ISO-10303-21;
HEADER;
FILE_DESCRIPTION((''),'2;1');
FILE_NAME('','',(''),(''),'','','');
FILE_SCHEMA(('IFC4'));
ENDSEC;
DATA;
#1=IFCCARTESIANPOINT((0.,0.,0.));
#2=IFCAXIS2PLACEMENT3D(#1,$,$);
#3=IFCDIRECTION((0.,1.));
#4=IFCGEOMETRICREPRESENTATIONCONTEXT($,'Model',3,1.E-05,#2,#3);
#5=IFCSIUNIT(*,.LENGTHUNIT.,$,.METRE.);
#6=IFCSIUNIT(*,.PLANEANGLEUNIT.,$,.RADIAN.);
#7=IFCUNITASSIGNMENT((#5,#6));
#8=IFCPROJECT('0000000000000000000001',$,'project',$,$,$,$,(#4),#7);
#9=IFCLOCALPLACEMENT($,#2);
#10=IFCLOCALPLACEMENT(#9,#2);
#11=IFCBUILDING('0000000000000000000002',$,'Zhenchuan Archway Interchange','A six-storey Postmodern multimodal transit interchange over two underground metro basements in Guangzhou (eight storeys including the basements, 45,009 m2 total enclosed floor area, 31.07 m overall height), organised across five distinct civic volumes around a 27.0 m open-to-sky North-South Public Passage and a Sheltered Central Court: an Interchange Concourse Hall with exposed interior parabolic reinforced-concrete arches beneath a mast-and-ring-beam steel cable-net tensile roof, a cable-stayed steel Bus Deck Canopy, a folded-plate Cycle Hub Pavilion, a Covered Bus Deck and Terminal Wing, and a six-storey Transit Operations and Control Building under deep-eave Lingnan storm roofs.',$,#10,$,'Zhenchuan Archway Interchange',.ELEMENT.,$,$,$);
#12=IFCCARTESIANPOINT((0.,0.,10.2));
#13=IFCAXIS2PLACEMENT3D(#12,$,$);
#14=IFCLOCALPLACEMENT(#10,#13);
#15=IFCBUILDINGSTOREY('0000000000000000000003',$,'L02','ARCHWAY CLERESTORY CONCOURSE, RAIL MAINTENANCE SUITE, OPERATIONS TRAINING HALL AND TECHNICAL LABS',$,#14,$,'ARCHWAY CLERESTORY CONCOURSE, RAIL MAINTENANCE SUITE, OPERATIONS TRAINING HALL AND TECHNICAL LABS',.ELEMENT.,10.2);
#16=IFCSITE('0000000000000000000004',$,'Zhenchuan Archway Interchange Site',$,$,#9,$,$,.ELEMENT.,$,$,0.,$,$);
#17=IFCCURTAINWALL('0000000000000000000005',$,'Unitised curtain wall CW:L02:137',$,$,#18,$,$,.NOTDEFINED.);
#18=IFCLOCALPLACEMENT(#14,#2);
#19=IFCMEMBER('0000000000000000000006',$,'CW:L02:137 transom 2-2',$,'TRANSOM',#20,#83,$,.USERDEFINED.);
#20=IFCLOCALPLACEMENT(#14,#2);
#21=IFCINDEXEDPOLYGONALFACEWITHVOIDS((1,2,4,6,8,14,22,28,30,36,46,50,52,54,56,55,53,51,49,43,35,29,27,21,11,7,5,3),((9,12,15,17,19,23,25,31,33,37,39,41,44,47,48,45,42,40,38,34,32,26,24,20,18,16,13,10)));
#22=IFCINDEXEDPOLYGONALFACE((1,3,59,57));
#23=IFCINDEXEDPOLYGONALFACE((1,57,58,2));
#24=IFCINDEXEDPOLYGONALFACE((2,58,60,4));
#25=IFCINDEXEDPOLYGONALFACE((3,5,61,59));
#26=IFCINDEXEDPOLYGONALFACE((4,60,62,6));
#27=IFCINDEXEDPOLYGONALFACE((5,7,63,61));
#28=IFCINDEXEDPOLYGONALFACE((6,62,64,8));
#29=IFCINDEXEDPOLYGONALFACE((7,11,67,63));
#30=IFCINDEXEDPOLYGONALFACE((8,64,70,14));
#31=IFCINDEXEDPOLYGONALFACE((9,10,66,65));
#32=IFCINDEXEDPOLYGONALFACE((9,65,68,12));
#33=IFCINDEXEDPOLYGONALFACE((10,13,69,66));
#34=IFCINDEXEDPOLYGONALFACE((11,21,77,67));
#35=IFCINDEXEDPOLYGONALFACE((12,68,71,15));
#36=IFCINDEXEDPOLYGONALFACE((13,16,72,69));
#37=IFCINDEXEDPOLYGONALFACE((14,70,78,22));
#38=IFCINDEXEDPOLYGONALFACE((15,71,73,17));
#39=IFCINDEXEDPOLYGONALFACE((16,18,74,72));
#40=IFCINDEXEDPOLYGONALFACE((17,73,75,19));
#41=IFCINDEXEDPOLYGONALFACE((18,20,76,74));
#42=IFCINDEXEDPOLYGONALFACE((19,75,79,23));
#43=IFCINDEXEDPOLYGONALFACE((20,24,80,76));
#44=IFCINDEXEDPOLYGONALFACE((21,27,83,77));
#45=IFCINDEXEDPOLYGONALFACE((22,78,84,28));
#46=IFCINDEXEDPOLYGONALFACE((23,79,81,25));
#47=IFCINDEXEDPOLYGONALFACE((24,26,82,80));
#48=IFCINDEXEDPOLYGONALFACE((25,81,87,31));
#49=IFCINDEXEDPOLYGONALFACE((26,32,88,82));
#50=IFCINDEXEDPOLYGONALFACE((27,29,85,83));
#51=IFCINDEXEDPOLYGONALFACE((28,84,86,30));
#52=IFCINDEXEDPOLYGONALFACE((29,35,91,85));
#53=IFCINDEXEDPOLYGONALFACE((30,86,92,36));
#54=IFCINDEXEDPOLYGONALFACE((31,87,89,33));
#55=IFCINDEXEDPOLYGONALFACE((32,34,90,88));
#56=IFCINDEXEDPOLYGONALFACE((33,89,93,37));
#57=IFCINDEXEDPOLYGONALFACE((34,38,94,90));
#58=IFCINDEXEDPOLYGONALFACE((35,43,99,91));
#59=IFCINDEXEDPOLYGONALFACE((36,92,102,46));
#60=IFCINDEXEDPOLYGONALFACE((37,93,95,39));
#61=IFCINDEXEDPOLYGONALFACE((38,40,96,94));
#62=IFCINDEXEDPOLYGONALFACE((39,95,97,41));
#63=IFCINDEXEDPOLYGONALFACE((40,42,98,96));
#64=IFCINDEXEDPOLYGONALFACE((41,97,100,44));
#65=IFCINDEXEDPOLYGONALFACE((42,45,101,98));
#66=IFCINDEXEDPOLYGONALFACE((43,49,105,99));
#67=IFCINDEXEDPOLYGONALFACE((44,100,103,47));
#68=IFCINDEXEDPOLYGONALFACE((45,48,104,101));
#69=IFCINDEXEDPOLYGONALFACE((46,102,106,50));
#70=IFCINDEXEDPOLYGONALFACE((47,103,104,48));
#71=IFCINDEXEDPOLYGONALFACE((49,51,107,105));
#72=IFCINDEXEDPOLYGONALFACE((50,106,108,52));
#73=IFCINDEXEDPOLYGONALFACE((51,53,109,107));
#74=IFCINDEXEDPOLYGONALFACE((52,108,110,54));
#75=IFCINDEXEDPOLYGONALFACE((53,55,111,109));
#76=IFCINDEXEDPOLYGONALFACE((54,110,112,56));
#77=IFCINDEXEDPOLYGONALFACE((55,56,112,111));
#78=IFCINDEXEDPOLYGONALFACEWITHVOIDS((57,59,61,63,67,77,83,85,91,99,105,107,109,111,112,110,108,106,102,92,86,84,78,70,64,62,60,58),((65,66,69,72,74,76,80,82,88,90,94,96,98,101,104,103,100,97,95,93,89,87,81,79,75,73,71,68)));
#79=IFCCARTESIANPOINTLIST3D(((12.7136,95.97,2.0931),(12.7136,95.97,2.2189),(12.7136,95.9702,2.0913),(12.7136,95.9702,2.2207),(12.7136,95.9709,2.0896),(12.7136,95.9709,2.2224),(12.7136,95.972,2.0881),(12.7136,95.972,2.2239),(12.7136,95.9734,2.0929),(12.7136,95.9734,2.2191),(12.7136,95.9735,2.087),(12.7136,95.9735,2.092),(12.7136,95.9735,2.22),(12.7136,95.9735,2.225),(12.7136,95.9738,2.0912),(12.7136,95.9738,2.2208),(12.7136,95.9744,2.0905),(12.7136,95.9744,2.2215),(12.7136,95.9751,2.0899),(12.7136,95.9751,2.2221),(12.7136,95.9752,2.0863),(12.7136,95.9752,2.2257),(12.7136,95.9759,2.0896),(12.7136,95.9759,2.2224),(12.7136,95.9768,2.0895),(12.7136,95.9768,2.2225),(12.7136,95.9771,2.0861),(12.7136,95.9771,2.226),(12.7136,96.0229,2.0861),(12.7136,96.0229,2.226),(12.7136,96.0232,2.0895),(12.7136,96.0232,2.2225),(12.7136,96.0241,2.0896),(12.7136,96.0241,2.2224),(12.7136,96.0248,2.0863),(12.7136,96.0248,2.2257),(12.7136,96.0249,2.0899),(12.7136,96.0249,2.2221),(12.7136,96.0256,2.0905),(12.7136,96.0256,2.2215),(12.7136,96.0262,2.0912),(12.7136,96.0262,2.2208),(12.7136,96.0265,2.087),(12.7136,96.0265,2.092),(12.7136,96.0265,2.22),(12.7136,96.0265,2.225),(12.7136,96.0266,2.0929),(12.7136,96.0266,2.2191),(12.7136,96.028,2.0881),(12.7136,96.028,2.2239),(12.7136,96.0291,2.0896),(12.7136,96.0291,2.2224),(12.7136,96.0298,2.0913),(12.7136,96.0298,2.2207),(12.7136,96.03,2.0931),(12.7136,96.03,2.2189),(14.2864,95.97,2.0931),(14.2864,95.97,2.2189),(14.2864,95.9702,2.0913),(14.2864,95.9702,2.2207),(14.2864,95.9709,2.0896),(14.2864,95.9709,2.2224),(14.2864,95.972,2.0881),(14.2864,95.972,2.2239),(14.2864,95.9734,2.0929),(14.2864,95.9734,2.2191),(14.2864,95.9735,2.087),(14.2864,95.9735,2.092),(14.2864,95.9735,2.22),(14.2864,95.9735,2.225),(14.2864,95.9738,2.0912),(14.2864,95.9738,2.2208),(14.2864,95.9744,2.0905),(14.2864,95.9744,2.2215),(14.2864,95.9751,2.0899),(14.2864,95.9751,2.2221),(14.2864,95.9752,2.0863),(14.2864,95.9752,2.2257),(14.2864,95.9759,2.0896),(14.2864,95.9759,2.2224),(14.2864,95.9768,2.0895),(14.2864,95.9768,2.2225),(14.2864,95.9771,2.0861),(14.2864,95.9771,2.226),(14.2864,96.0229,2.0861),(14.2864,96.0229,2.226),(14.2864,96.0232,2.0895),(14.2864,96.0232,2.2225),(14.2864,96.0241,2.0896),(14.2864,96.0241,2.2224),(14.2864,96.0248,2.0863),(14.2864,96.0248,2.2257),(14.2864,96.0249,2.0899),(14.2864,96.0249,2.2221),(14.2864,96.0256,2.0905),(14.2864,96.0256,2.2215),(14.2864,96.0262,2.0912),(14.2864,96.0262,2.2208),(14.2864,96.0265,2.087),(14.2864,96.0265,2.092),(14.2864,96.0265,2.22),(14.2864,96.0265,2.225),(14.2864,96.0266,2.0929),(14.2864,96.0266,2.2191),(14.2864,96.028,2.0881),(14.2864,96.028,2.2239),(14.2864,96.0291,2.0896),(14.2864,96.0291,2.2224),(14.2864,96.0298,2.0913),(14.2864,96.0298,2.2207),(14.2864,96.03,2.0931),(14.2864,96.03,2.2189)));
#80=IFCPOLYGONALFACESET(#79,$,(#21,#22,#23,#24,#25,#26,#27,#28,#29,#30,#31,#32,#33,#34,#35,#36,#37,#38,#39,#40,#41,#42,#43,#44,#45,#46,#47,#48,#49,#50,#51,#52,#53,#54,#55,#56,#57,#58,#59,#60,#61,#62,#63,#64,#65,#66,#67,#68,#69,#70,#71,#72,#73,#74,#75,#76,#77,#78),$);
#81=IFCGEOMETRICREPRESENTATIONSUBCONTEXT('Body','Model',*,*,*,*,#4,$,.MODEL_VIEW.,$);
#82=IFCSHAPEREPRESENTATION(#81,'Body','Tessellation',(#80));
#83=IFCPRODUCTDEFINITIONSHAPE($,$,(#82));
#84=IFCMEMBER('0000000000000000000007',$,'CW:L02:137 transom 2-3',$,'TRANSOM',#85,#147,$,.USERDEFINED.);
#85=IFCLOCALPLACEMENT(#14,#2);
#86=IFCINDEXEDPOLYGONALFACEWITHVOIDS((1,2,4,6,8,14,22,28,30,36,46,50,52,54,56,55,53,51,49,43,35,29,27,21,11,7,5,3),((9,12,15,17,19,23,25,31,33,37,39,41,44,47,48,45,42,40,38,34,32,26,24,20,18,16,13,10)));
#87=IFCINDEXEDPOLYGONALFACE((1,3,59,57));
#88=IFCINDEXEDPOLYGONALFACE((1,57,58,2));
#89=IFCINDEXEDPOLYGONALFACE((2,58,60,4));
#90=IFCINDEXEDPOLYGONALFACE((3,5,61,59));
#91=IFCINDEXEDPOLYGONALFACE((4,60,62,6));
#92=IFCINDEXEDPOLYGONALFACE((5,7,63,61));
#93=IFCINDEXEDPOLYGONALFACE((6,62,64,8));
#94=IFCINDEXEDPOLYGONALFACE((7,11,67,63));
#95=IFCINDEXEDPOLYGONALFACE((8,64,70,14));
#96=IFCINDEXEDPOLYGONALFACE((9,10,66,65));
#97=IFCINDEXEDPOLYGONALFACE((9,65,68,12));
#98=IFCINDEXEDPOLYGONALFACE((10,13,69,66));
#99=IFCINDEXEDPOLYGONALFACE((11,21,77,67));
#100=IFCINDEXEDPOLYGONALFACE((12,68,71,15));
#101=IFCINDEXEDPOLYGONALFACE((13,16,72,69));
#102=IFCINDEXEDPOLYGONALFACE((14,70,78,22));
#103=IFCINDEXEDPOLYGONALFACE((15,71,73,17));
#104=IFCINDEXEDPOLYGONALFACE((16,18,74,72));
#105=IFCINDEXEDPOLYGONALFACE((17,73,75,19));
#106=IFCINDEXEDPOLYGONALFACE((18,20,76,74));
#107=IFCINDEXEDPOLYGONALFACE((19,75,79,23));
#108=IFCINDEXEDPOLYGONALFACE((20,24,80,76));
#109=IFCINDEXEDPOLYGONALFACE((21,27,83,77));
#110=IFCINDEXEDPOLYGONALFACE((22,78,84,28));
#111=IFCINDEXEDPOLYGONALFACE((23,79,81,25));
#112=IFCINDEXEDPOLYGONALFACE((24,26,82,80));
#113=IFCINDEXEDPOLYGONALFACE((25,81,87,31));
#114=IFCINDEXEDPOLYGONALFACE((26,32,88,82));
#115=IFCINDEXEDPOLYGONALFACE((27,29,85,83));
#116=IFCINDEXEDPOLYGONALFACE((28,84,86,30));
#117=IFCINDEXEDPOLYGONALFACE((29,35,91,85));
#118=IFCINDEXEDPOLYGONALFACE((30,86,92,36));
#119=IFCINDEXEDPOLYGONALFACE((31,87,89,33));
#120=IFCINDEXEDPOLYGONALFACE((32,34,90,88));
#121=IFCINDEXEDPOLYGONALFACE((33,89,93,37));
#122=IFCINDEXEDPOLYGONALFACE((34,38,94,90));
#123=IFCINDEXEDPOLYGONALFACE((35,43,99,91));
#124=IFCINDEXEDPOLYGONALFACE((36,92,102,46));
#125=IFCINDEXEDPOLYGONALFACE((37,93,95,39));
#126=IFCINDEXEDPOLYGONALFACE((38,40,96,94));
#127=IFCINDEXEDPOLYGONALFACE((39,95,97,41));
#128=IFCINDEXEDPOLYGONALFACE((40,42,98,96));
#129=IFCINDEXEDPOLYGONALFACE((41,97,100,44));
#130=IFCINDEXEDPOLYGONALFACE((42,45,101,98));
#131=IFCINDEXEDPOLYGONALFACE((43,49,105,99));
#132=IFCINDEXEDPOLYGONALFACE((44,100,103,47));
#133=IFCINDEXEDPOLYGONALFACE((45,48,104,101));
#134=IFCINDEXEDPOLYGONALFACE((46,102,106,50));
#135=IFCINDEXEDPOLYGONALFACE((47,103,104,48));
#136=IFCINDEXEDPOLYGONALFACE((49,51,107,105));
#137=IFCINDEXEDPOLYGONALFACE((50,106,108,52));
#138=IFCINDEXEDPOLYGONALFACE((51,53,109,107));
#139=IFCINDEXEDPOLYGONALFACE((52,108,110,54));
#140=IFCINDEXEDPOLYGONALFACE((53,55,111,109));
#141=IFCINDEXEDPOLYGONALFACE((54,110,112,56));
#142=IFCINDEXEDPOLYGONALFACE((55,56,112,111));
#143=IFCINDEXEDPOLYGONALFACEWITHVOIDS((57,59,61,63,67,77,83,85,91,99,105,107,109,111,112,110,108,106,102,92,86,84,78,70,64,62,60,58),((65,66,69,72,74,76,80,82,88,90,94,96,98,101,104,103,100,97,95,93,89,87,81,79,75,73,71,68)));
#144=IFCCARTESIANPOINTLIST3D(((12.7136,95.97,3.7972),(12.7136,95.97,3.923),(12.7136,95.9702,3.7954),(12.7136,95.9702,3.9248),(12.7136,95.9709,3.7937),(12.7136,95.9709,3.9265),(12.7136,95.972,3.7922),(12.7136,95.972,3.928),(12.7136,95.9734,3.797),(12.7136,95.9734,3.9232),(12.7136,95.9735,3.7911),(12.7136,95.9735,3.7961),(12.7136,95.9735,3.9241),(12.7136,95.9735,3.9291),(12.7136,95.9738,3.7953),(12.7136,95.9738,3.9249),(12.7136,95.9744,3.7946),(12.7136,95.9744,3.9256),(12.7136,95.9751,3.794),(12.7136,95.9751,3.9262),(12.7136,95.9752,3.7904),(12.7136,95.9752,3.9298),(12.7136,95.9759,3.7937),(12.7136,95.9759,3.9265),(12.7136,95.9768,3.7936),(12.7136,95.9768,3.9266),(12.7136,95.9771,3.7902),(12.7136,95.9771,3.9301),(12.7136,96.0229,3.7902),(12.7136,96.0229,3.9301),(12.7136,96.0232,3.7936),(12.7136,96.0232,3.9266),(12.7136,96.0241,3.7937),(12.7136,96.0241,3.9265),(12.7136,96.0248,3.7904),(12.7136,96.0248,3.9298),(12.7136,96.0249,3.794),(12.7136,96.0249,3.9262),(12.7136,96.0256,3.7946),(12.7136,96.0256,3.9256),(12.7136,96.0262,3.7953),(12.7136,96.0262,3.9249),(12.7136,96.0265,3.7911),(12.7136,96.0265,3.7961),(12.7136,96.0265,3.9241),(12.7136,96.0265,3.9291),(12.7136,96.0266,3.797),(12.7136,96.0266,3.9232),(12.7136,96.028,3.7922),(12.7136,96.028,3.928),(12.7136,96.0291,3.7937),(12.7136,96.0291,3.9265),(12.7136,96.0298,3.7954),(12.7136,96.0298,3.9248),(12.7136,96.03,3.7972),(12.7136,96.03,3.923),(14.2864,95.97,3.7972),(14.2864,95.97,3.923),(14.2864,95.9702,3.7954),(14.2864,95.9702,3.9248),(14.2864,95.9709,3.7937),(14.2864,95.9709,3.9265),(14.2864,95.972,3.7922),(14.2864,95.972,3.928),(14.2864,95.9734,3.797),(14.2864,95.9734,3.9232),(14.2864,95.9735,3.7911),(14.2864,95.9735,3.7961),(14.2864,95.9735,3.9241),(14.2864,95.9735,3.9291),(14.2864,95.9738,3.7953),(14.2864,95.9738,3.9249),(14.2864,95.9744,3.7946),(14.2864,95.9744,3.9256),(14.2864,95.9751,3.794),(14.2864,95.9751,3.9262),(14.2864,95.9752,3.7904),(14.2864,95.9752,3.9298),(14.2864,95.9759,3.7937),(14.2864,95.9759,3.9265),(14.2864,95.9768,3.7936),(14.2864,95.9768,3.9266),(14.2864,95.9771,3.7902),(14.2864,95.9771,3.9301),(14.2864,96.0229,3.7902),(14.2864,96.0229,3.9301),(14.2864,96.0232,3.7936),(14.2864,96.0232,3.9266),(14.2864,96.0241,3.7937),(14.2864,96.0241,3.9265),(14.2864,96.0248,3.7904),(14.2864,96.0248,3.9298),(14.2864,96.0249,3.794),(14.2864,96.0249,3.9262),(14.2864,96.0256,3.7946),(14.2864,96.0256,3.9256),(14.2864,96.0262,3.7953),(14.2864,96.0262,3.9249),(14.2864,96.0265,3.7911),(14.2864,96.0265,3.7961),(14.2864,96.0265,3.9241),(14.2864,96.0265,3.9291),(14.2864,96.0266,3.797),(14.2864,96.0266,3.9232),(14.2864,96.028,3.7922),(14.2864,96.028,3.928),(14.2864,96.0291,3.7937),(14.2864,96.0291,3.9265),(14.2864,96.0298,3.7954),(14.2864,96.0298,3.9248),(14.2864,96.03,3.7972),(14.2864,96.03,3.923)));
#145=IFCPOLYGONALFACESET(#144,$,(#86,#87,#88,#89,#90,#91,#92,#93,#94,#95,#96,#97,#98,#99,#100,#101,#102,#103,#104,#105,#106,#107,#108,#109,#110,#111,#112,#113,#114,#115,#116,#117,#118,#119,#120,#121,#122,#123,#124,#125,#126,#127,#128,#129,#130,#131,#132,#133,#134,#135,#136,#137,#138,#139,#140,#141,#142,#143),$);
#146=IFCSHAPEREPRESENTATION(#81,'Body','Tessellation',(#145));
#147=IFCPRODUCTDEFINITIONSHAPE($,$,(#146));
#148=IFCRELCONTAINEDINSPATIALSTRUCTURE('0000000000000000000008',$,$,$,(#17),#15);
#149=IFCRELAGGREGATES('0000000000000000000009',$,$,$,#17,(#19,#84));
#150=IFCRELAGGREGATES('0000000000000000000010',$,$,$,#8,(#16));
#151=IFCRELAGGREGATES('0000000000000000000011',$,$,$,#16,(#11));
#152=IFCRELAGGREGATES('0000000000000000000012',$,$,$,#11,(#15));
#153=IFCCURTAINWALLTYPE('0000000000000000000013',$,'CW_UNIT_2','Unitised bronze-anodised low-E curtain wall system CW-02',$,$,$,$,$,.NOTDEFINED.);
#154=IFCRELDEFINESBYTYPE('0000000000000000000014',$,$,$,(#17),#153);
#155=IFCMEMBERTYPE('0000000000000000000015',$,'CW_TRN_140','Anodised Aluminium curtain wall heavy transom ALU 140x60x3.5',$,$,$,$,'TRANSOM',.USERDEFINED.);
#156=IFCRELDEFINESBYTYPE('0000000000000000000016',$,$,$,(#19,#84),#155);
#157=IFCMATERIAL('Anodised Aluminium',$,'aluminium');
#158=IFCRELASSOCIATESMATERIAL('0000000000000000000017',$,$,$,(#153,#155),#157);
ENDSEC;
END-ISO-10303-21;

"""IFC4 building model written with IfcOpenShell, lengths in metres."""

from ifc_helpers import new_model, si_unit, direction, frame, origin, origin_2d, place, context, subcontext, project, spatial, hollow_rectangle, extrude, material, material_profile, profile_set, type_object, element, aggregate, save


model = new_model("IFC4")

# Units and contexts
model_context = context("Model", 3, precision=1e-05, world=origin(), true_north=direction((0.0, 1.0)))
body_context = subcontext(model_context, "Body", "Model", "MODEL_VIEW")
ifc_project = project(units=[si_unit("LENGTHUNIT", "METRE"), si_unit("PLANEANGLEUNIT", "RADIAN")], contexts=[model_context])

# Site, building, storey
site_placement = place(None, origin())
site = spatial("IfcSite", under=ifc_project, at=site_placement, Name="Zhenchuan Archway Interchange Site", CompositionType="ELEMENT", RefElevation=0.0)
building_placement = place(site_placement, origin())
building = spatial("IfcBuilding", under=site, at=building_placement, Name="Zhenchuan Archway Interchange", Description="A six-storey Postmodern multimodal transit interchange over two underground metro basements in Guangzhou (eight storeys including the basements, 45,009 m2 total enclosed floor area, 31.07 m overall height), organised across five distinct civic volumes around a 27.0 m open-to-sky North-South Public Passage and a Sheltered Central Court: an Interchange Concourse Hall with exposed interior parabolic reinforced-concrete arches beneath a mast-and-ring-beam steel cable-net tensile roof, a cable-stayed steel Bus Deck Canopy, a folded-plate Cycle Hub Pavilion, a Covered Bus Deck and Terminal Wing, and a six-storey Transit Operations and Control Building under deep-eave Lingnan storm roofs.", LongName="Zhenchuan Archway Interchange", CompositionType="ELEMENT")
storey_placement = place(building_placement, frame((0.0, 0.0, 10.2)))
storey = spatial("IfcBuildingStorey", under=building, at=storey_placement, Name="L02", Description="ARCHWAY CLERESTORY CONCOURSE, RAIL MAINTENANCE SUITE, OPERATIONS TRAINING HALL AND TECHNICAL LABS", LongName="ARCHWAY CLERESTORY CONCOURSE, RAIL MAINTENANCE SUITE, OPERATIONS TRAINING HALL AND TECHNICAL LABS", CompositionType="ELEMENT", Elevation=10.2)

# Curtain wall, members
ifc_material_1 = material(Name="Anodised Aluminium", Category="aluminium")
curtain_wall_type = type_object("IfcCurtainWallType", Name="CW_UNIT_2", Description="Unitised bronze-anodised low-E curtain wall system CW-02", PredefinedType="NOTDEFINED", material=ifc_material_1)
curtain_wall_placement = place(storey_placement, origin())
curtain_wall = element("IfcCurtainWall", 1, at=curtain_wall_placement, inside=storey, type_object=curtain_wall_type, Name="Unitised curtain wall CW:L02:137", PredefinedType="NOTDEFINED")
ifc_material_profile_1 = material_profile(ifc_material_1, hollow_rectangle(XDim=0.0601, YDim=0.1399, WallThickness=0.0034, InnerFilletRadius=0.0034, OuterFilletRadius=0.0071, at=origin_2d()), Name="ALU 140x60x3.5")
ifc_profile_set_1 = profile_set([ifc_material_profile_1], Name="Anodised Aluminium")
member_type_1 = type_object("IfcMemberType", Name="CW_TRN_140", Description="Anodised Aluminium curtain wall heavy transom ALU 140x60x3.5", ElementType="TRANSOM", PredefinedType="USERDEFINED", material=ifc_profile_set_1)
member_1_placement = place(storey_placement, frame((14.2864, 96.0, 2.156), z_axis=(-1.0, 0.0, 0.0), x_axis=(0.0, -1.0, 0.0)))
member_1 = element("IfcMember", 2, at=member_1_placement, type_object=member_type_1, Name="CW:L02:137 transom 2-2", ObjectType="TRANSOM", PredefinedType="USERDEFINED", context=body_context, shape_type="SweptSolid", body=[
    extrude(hollow_rectangle(XDim=0.0601, YDim=0.1399, WallThickness=0.0034, InnerFilletRadius=0.0034, OuterFilletRadius=0.0071, at=origin_2d()), origin(), (0.0, 0.0, 1.0), 1.5728),
])
member_2_placement = place(storey_placement, frame((14.2864, 96.0, 3.8601), z_axis=(-1.0, 0.0, 0.0), x_axis=(0.0, -1.0, 0.0)))
member_2 = element("IfcMember", 3, at=member_2_placement, type_object=member_type_1, Name="CW:L02:137 transom 2-3", ObjectType="TRANSOM", PredefinedType="USERDEFINED", context=body_context, shape_type="SweptSolid", body=[
    extrude(hollow_rectangle(XDim=0.0601, YDim=0.1399, WallThickness=0.0034, InnerFilletRadius=0.0034, OuterFilletRadius=0.0071, at=origin_2d()), origin(), (0.0, 0.0, 1.0), 1.5728),
])

aggregate(curtain_wall, [member_1, member_2])

save(model, "model.ifc")
